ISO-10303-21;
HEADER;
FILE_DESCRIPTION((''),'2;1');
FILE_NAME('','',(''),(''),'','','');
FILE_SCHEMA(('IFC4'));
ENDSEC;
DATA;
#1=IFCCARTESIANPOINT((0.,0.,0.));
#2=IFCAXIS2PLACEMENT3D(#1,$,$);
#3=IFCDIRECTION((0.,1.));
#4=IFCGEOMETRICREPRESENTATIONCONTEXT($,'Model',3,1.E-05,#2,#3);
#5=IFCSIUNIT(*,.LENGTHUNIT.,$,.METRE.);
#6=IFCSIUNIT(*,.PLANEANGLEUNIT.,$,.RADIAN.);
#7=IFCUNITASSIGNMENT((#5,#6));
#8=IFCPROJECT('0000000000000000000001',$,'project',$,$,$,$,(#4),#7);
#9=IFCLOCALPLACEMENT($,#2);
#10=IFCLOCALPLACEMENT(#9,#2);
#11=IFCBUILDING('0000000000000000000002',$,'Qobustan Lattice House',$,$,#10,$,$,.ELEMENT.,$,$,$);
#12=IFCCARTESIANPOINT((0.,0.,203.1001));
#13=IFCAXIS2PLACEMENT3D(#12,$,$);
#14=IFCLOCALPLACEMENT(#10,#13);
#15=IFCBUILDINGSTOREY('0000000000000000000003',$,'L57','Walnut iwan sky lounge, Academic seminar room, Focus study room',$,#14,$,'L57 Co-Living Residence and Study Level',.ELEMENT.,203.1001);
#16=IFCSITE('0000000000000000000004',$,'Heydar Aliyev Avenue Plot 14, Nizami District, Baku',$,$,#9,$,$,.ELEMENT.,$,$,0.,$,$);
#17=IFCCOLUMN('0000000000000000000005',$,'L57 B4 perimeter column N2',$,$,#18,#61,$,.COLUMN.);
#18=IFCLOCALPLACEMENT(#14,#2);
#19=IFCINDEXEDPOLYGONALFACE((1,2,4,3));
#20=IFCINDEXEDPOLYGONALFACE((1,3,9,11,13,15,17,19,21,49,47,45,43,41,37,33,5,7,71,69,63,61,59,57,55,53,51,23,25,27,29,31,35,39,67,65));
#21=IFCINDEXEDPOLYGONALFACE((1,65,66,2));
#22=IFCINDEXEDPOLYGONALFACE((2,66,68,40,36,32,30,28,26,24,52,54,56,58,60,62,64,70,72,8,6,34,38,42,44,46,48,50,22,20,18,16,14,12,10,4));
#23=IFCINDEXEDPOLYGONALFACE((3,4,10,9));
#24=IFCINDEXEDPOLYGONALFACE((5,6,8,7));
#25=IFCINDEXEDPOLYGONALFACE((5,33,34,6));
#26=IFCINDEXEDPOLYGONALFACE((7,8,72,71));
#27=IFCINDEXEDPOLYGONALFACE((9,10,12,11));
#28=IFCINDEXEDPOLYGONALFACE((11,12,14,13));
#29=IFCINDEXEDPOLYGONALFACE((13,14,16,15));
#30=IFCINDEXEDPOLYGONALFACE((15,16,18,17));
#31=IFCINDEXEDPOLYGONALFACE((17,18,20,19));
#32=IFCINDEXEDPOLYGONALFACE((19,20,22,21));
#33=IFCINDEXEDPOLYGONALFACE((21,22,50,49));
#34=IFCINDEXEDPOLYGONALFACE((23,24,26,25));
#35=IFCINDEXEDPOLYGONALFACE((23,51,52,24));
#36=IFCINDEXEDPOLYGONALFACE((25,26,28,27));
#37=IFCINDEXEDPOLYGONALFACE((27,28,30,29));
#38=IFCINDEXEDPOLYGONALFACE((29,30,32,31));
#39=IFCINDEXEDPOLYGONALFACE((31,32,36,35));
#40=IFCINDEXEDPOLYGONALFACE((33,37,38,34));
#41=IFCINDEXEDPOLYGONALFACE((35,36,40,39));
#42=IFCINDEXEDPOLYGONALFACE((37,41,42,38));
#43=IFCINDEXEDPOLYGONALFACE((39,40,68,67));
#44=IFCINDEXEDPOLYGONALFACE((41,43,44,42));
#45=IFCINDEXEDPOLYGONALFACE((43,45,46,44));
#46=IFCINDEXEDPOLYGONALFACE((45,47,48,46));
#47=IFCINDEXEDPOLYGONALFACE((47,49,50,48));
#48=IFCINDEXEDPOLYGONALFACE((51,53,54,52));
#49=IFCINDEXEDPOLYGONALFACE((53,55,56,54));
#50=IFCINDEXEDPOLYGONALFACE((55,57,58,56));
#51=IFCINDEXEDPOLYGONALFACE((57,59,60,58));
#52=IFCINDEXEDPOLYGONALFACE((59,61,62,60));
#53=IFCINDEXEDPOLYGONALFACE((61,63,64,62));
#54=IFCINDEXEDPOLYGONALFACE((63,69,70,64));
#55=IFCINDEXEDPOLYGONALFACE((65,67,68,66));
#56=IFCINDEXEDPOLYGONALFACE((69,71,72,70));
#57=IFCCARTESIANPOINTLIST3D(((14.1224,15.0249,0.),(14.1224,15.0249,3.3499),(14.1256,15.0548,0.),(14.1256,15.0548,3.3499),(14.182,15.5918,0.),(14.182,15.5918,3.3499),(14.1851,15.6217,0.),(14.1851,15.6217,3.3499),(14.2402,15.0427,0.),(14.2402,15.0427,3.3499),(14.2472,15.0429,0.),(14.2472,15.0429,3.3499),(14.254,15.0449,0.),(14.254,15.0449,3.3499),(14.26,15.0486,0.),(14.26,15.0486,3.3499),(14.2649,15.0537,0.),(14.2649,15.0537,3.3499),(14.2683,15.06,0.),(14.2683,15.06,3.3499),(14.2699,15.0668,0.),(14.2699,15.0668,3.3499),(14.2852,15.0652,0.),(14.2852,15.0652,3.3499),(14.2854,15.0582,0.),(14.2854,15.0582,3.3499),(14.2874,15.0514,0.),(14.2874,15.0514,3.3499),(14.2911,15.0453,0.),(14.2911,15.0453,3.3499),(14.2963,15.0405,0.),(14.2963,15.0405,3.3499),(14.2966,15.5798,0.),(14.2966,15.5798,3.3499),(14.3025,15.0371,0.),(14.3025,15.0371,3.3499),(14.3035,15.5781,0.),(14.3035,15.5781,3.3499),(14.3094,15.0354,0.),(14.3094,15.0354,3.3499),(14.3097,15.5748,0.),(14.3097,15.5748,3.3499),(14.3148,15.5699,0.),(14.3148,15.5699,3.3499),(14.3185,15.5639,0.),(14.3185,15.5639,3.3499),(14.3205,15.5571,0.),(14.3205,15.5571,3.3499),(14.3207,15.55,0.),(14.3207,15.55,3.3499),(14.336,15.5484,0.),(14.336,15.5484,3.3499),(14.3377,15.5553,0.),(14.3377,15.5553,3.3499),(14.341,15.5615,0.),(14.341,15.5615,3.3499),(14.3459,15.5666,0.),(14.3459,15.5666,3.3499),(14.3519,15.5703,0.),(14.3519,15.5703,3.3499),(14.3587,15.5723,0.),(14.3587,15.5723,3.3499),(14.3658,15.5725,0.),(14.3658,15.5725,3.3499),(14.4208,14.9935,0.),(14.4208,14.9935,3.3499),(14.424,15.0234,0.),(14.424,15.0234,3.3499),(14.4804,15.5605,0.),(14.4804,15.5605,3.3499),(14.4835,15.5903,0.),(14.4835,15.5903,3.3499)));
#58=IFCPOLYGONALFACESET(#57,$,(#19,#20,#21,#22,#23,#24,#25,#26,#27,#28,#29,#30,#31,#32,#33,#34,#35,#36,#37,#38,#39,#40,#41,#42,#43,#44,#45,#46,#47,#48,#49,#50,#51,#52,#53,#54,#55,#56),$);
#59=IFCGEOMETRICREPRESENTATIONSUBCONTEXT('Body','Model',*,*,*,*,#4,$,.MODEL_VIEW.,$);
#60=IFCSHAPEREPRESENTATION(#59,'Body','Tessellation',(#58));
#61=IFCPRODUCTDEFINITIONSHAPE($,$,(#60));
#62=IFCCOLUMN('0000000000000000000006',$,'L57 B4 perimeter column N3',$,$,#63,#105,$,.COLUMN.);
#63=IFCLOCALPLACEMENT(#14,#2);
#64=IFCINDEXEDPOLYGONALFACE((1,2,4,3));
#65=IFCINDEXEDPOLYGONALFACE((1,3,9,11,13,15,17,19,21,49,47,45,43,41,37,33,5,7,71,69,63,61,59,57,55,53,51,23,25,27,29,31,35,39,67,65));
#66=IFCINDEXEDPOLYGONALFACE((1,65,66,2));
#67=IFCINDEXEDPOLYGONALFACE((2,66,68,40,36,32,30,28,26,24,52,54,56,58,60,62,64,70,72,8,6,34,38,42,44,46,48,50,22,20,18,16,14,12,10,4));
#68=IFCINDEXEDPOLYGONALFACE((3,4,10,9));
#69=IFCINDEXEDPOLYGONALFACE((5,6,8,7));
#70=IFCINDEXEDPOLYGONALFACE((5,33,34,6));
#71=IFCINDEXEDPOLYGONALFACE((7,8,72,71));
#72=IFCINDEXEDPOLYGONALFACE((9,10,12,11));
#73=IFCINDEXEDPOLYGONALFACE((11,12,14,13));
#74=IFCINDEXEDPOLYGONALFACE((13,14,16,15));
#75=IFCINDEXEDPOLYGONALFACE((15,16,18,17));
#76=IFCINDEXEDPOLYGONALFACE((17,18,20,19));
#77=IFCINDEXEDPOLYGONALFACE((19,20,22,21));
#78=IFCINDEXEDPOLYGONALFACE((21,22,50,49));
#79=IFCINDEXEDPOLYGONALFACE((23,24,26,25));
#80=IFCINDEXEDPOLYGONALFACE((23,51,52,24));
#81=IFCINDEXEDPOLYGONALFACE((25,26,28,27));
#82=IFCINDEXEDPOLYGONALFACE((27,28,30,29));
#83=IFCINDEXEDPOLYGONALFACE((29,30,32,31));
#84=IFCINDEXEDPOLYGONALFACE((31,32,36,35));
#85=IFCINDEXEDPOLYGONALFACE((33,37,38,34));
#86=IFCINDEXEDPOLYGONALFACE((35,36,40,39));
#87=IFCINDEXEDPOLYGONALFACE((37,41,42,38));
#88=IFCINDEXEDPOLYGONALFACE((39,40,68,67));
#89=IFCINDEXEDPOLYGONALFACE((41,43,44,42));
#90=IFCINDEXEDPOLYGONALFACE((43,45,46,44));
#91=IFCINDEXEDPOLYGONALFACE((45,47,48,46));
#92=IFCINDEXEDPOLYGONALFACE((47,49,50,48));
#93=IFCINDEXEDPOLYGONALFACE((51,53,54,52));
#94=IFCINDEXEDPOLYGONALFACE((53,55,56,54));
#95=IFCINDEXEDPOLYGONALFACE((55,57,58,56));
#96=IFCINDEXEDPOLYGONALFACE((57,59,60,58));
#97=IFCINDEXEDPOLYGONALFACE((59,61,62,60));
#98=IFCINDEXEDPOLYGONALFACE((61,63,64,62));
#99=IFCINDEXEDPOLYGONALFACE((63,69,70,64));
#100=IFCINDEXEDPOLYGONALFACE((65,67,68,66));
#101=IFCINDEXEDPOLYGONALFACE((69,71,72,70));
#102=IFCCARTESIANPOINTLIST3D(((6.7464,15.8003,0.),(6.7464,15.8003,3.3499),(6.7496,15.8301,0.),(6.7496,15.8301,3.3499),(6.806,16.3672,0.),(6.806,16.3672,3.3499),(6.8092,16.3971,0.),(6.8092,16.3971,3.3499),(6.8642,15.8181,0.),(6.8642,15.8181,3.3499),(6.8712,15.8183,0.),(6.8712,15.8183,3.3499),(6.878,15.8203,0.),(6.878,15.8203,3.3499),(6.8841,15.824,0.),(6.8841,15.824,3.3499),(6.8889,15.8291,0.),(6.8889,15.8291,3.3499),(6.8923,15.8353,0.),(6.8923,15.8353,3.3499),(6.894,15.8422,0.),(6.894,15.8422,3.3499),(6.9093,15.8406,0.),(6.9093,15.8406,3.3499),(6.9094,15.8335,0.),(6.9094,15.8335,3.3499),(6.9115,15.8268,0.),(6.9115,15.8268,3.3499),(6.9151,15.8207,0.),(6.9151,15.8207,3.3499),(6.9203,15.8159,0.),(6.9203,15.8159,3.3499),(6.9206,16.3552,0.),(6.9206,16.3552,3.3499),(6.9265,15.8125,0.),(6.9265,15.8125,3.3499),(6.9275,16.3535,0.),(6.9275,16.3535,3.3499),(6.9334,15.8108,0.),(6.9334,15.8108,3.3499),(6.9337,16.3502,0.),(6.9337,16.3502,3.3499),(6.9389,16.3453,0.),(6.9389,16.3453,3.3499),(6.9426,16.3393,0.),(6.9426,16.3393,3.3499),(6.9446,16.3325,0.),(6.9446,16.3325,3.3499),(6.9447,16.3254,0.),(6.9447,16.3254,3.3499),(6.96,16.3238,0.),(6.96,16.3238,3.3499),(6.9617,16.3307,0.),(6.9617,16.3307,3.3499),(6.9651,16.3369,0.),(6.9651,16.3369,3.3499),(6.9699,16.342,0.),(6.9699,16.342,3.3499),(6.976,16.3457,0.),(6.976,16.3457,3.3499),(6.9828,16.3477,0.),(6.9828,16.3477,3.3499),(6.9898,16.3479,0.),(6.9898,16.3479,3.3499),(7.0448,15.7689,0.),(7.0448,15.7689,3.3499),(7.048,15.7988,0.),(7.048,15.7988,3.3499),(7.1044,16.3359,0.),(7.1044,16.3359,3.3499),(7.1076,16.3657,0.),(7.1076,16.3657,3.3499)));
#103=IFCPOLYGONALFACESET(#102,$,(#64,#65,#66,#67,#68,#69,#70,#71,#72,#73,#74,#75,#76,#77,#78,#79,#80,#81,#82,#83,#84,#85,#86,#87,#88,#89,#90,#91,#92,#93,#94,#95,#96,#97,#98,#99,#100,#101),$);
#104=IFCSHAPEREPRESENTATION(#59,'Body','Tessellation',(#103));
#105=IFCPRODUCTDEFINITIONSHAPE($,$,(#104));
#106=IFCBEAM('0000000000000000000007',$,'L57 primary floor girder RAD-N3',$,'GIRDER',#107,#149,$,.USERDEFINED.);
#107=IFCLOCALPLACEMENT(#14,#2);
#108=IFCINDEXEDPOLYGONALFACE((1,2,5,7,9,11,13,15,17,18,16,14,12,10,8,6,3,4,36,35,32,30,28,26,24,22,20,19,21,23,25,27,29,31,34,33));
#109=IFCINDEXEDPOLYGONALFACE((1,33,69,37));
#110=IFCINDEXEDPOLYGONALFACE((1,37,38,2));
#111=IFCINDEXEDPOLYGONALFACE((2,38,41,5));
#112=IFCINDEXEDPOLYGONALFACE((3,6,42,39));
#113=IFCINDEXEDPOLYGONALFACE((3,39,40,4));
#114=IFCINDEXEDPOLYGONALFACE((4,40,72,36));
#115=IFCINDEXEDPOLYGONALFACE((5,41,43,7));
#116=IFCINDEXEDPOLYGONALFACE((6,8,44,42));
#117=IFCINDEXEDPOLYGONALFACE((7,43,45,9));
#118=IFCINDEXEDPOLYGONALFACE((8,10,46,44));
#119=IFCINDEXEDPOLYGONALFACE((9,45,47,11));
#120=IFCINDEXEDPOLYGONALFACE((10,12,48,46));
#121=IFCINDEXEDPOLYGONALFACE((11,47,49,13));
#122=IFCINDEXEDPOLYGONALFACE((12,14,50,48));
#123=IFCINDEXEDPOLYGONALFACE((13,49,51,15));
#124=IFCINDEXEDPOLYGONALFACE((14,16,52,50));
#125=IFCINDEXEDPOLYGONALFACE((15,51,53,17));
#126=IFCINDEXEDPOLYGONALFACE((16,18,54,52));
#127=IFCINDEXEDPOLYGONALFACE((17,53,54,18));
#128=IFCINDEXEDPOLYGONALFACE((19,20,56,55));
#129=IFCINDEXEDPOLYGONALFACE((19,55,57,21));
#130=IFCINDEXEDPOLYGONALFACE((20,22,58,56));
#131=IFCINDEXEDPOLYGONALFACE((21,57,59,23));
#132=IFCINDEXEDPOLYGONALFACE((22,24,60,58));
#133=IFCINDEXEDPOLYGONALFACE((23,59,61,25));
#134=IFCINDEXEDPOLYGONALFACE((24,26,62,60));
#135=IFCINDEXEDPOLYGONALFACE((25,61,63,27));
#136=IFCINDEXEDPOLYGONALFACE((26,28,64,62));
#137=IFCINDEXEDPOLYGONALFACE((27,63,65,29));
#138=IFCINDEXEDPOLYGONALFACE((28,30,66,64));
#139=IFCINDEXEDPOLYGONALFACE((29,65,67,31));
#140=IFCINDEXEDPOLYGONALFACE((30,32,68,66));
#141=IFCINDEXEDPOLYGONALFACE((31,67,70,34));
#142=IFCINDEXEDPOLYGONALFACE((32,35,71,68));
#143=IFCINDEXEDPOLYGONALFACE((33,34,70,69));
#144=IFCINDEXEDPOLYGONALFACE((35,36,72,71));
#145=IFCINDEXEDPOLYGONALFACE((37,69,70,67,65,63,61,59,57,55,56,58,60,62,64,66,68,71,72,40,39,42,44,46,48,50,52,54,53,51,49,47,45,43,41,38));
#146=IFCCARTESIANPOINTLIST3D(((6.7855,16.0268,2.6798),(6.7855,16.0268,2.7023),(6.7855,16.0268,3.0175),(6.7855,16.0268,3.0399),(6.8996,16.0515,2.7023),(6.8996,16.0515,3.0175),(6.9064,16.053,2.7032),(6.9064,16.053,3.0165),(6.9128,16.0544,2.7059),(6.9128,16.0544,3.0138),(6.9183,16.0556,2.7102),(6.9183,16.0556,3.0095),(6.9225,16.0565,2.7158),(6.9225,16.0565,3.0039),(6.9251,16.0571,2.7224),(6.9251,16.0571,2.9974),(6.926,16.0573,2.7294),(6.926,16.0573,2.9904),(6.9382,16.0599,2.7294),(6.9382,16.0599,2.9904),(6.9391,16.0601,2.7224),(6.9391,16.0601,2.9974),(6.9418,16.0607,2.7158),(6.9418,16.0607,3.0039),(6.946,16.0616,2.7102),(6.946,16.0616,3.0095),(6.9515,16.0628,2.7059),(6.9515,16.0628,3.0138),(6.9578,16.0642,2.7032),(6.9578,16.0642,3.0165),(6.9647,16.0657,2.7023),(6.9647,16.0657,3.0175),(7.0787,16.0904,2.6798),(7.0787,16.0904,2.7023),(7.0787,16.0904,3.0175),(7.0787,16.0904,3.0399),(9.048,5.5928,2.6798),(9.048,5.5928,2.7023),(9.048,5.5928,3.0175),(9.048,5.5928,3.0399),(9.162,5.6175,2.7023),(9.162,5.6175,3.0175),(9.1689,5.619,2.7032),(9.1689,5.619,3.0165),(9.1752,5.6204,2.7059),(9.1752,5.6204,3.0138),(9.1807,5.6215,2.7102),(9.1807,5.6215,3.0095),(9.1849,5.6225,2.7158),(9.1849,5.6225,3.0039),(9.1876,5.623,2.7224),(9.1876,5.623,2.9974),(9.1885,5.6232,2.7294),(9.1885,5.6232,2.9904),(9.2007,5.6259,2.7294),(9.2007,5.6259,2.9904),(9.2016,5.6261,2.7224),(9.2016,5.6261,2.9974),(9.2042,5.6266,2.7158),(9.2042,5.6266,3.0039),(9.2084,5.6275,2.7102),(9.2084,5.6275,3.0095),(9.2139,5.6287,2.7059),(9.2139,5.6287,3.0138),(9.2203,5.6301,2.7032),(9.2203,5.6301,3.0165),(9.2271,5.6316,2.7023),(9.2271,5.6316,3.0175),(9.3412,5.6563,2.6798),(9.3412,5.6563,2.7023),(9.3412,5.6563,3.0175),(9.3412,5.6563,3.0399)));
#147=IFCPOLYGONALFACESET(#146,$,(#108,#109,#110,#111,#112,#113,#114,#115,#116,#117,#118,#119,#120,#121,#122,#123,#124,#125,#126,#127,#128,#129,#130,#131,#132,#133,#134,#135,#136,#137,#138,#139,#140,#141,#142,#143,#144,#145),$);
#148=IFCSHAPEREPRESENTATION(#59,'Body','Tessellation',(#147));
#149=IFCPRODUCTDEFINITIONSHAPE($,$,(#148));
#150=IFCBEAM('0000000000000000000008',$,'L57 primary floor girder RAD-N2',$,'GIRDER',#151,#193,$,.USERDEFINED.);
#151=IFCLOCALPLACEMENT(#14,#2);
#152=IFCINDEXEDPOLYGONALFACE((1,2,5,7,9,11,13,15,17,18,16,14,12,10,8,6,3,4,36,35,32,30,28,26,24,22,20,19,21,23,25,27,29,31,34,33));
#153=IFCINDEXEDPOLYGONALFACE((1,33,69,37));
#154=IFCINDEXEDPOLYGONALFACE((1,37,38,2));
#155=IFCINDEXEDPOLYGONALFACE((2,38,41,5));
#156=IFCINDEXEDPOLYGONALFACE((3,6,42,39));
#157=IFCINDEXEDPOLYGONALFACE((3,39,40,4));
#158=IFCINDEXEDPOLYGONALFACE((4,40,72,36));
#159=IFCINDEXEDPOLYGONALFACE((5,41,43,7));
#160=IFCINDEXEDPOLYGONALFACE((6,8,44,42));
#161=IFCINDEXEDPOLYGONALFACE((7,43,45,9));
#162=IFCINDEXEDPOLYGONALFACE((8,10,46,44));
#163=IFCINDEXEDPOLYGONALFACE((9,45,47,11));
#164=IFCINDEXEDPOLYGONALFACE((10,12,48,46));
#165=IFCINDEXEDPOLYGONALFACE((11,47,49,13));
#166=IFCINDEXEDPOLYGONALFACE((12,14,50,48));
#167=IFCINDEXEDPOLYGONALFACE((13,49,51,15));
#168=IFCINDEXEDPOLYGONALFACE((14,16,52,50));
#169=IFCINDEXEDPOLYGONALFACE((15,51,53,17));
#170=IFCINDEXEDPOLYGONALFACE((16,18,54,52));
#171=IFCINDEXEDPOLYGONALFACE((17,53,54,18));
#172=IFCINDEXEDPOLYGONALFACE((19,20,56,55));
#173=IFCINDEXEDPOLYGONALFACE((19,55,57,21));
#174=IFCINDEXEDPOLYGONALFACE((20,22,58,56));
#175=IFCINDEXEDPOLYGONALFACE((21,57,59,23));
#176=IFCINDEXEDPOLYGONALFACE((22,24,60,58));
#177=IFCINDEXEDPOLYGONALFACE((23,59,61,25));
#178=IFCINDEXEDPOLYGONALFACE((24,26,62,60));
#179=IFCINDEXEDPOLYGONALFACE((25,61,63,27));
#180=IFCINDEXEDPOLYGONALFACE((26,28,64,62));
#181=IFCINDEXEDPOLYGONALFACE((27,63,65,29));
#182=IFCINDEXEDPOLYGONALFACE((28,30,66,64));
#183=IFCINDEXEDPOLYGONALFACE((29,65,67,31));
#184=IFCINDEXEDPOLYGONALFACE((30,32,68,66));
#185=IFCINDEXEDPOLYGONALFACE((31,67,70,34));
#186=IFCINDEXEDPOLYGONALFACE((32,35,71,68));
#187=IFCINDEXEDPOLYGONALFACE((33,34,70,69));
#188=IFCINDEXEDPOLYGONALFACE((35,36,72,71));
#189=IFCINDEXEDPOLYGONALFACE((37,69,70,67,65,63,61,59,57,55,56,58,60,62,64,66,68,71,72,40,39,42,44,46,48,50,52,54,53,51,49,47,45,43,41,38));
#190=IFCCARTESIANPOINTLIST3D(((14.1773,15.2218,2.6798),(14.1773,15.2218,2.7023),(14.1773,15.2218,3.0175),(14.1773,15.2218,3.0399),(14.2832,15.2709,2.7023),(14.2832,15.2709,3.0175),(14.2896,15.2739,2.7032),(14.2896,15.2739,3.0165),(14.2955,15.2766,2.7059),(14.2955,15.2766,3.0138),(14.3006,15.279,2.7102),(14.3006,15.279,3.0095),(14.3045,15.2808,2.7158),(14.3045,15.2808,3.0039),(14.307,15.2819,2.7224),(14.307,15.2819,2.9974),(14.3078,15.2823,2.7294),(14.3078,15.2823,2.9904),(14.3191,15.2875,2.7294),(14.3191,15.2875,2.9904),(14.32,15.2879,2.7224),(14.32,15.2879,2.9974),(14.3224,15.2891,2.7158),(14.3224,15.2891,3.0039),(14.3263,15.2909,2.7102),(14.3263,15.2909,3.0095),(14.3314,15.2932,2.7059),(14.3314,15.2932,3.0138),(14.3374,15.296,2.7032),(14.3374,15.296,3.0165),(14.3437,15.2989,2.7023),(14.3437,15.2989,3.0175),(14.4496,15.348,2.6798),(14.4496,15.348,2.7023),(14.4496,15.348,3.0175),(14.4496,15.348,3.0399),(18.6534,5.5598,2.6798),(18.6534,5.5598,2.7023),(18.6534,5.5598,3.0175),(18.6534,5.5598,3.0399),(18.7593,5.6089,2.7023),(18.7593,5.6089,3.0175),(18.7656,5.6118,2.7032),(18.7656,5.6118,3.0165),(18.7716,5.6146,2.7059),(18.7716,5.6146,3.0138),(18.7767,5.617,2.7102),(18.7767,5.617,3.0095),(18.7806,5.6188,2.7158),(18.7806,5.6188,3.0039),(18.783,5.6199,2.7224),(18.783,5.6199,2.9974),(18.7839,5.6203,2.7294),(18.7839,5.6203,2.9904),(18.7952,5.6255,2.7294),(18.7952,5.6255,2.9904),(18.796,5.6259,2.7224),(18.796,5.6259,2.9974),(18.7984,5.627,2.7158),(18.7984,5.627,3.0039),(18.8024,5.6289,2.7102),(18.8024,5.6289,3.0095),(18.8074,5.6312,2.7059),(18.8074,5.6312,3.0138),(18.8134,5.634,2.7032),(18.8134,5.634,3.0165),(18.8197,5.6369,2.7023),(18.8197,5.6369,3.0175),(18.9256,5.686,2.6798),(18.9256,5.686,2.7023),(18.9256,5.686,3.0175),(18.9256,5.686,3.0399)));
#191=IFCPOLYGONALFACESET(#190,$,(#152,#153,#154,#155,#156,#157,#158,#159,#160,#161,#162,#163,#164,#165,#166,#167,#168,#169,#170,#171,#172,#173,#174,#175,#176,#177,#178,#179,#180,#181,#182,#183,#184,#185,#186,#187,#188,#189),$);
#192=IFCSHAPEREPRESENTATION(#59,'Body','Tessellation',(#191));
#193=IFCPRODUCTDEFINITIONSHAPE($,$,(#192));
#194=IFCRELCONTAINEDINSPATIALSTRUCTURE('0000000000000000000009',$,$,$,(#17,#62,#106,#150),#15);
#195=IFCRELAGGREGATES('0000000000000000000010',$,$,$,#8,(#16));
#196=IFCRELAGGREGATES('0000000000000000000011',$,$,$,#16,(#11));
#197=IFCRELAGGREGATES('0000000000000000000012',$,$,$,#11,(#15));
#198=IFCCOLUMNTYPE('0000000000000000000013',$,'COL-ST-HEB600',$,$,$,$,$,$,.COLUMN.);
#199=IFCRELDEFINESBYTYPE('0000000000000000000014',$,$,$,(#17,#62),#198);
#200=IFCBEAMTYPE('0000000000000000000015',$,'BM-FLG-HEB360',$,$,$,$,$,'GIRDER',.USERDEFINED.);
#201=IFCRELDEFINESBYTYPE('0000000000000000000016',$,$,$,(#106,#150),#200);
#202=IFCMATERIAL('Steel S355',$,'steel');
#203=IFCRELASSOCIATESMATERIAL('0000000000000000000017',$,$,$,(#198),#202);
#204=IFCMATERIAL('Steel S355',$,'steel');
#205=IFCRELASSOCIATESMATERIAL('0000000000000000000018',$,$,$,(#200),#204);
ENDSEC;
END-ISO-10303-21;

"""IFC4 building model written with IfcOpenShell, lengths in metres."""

from ifc_helpers import new_model, si_unit, direction, frame, origin, origin_2d, place, context, subcontext, project, spatial, i_section, extrude, material, material_profile, profile_set, type_object, element, save


model = new_model("IFC4")

# Units and contexts
model_context = context("Model", 3, precision=1e-05, world=origin(), true_north=direction((0.0, 1.0)))
body_context = subcontext(model_context, "Body", "Model", "MODEL_VIEW")
ifc_project = project(units=[si_unit("LENGTHUNIT", "METRE"), si_unit("PLANEANGLEUNIT", "RADIAN")], contexts=[model_context])

# Site, building, storey
site_placement = place(None, origin())
site = spatial("IfcSite", under=ifc_project, at=site_placement, Name="Heydar Aliyev Avenue Plot 14, Nizami District, Baku", CompositionType="ELEMENT", RefElevation=0.0)
building_placement = place(site_placement, origin())
building = spatial("IfcBuilding", under=site, at=building_placement, Name="Qobustan Lattice House", CompositionType="ELEMENT")
storey_placement = place(building_placement, frame((0.0, 0.0, 203.1001)))
storey = spatial("IfcBuildingStorey", under=building, at=storey_placement, Name="L57", Description="Walnut iwan sky lounge, Academic seminar room, Focus study room", LongName="L57 Co-Living Residence and Study Level", CompositionType="ELEMENT", Elevation=203.1001)

# Columns
ifc_material_1 = material(Name="Steel S355", Category="steel")
ifc_material_profile_1 = material_profile(ifc_material_1, i_section(OverallWidth=0.3, OverallDepth=0.6001, WebThickness=0.0154, FlangeThickness=0.03, FilletRadius=0.0271, at=origin_2d()), Name="HEB600")
ifc_profile_set_1 = profile_set([ifc_material_profile_1], Name="Steel S355")
column_type = type_object("IfcColumnType", Name="COL-ST-HEB600", PredefinedType="COLUMN", material=ifc_profile_set_1)
for number, where, z_axis, x_axis, name in (
    (1, (14.303, 15.3076, 0.0), (0.0, 0.0, 1.0), (0.994522, -0.104528, 0.0), "L57 B4 perimeter column N2"),
    (2, (6.927, 16.083, 0.0), (0.0, 0.0, 1.0), (0.994522, -0.104528, 0.0), "L57 B4 perimeter column N3"),
):
    element("IfcColumn", number, at=place(storey_placement, frame(where, z_axis=z_axis, x_axis=x_axis)), inside=storey, type_object=column_type, Name=name, PredefinedType="COLUMN", context=body_context, shape_type="SweptSolid", body=[
        extrude(i_section(OverallWidth=0.3, OverallDepth=0.6001, WebThickness=0.0154, FlangeThickness=0.03, FilletRadius=0.0271, at=origin_2d()), origin(), (0.0, 0.0, 1.0), 3.3499),
    ])

# Beams
ifc_material_2 = material(Name="Steel S355", Category="steel")
ifc_material_profile_2 = material_profile(ifc_material_2, i_section(OverallWidth=0.3, OverallDepth=0.3601, WebThickness=0.0125, FlangeThickness=0.0225, FilletRadius=0.0271, at=origin_2d()), Name="HEB360")
ifc_profile_set_2 = profile_set([ifc_material_profile_2], Name="Steel S355")
beam_type_1 = type_object("IfcBeamType", Name="BM-FLG-HEB360", ElementType="GIRDER", PredefinedType="USERDEFINED", material=ifc_profile_set_2)
beam_1_placement = place(storey_placement, frame((6.9321, 16.0586, 2.8599), z_axis=(0.211908, -0.97729, 0.0), x_axis=(0.97729, 0.211908, 0.0)))
element("IfcBeam", 3, at=beam_1_placement, inside=storey, type_object=beam_type_1, Name="L57 primary floor girder RAD-N3", ObjectType="GIRDER", PredefinedType="USERDEFINED", context=body_context, shape_type="SweptSolid", body=[
    extrude(i_section(OverallWidth=0.3, OverallDepth=0.3601, WebThickness=0.0125, FlangeThickness=0.0225, FilletRadius=0.0271, at=origin_2d()), origin(), (0.0, 0.0, 1.0), 10.6765),
])
beam_2_placement = place(storey_placement, frame((14.3135, 15.2849, 2.8599), z_axis=(0.420346, -0.907364, 0.0), x_axis=(0.907364, 0.420346, 0.0)))
element("IfcBeam", 4, at=beam_2_placement, inside=storey, type_object=beam_type_1, Name="L57 primary floor girder RAD-N2", ObjectType="GIRDER", PredefinedType="USERDEFINED", context=body_context, shape_type="SweptSolid", body=[
    extrude(i_section(OverallWidth=0.3, OverallDepth=0.3601, WebThickness=0.0125, FlangeThickness=0.0225, FilletRadius=0.0271, at=origin_2d()), origin(), (0.0, 0.0, 1.0), 10.6484),
])

save(model, "model.ifc")
